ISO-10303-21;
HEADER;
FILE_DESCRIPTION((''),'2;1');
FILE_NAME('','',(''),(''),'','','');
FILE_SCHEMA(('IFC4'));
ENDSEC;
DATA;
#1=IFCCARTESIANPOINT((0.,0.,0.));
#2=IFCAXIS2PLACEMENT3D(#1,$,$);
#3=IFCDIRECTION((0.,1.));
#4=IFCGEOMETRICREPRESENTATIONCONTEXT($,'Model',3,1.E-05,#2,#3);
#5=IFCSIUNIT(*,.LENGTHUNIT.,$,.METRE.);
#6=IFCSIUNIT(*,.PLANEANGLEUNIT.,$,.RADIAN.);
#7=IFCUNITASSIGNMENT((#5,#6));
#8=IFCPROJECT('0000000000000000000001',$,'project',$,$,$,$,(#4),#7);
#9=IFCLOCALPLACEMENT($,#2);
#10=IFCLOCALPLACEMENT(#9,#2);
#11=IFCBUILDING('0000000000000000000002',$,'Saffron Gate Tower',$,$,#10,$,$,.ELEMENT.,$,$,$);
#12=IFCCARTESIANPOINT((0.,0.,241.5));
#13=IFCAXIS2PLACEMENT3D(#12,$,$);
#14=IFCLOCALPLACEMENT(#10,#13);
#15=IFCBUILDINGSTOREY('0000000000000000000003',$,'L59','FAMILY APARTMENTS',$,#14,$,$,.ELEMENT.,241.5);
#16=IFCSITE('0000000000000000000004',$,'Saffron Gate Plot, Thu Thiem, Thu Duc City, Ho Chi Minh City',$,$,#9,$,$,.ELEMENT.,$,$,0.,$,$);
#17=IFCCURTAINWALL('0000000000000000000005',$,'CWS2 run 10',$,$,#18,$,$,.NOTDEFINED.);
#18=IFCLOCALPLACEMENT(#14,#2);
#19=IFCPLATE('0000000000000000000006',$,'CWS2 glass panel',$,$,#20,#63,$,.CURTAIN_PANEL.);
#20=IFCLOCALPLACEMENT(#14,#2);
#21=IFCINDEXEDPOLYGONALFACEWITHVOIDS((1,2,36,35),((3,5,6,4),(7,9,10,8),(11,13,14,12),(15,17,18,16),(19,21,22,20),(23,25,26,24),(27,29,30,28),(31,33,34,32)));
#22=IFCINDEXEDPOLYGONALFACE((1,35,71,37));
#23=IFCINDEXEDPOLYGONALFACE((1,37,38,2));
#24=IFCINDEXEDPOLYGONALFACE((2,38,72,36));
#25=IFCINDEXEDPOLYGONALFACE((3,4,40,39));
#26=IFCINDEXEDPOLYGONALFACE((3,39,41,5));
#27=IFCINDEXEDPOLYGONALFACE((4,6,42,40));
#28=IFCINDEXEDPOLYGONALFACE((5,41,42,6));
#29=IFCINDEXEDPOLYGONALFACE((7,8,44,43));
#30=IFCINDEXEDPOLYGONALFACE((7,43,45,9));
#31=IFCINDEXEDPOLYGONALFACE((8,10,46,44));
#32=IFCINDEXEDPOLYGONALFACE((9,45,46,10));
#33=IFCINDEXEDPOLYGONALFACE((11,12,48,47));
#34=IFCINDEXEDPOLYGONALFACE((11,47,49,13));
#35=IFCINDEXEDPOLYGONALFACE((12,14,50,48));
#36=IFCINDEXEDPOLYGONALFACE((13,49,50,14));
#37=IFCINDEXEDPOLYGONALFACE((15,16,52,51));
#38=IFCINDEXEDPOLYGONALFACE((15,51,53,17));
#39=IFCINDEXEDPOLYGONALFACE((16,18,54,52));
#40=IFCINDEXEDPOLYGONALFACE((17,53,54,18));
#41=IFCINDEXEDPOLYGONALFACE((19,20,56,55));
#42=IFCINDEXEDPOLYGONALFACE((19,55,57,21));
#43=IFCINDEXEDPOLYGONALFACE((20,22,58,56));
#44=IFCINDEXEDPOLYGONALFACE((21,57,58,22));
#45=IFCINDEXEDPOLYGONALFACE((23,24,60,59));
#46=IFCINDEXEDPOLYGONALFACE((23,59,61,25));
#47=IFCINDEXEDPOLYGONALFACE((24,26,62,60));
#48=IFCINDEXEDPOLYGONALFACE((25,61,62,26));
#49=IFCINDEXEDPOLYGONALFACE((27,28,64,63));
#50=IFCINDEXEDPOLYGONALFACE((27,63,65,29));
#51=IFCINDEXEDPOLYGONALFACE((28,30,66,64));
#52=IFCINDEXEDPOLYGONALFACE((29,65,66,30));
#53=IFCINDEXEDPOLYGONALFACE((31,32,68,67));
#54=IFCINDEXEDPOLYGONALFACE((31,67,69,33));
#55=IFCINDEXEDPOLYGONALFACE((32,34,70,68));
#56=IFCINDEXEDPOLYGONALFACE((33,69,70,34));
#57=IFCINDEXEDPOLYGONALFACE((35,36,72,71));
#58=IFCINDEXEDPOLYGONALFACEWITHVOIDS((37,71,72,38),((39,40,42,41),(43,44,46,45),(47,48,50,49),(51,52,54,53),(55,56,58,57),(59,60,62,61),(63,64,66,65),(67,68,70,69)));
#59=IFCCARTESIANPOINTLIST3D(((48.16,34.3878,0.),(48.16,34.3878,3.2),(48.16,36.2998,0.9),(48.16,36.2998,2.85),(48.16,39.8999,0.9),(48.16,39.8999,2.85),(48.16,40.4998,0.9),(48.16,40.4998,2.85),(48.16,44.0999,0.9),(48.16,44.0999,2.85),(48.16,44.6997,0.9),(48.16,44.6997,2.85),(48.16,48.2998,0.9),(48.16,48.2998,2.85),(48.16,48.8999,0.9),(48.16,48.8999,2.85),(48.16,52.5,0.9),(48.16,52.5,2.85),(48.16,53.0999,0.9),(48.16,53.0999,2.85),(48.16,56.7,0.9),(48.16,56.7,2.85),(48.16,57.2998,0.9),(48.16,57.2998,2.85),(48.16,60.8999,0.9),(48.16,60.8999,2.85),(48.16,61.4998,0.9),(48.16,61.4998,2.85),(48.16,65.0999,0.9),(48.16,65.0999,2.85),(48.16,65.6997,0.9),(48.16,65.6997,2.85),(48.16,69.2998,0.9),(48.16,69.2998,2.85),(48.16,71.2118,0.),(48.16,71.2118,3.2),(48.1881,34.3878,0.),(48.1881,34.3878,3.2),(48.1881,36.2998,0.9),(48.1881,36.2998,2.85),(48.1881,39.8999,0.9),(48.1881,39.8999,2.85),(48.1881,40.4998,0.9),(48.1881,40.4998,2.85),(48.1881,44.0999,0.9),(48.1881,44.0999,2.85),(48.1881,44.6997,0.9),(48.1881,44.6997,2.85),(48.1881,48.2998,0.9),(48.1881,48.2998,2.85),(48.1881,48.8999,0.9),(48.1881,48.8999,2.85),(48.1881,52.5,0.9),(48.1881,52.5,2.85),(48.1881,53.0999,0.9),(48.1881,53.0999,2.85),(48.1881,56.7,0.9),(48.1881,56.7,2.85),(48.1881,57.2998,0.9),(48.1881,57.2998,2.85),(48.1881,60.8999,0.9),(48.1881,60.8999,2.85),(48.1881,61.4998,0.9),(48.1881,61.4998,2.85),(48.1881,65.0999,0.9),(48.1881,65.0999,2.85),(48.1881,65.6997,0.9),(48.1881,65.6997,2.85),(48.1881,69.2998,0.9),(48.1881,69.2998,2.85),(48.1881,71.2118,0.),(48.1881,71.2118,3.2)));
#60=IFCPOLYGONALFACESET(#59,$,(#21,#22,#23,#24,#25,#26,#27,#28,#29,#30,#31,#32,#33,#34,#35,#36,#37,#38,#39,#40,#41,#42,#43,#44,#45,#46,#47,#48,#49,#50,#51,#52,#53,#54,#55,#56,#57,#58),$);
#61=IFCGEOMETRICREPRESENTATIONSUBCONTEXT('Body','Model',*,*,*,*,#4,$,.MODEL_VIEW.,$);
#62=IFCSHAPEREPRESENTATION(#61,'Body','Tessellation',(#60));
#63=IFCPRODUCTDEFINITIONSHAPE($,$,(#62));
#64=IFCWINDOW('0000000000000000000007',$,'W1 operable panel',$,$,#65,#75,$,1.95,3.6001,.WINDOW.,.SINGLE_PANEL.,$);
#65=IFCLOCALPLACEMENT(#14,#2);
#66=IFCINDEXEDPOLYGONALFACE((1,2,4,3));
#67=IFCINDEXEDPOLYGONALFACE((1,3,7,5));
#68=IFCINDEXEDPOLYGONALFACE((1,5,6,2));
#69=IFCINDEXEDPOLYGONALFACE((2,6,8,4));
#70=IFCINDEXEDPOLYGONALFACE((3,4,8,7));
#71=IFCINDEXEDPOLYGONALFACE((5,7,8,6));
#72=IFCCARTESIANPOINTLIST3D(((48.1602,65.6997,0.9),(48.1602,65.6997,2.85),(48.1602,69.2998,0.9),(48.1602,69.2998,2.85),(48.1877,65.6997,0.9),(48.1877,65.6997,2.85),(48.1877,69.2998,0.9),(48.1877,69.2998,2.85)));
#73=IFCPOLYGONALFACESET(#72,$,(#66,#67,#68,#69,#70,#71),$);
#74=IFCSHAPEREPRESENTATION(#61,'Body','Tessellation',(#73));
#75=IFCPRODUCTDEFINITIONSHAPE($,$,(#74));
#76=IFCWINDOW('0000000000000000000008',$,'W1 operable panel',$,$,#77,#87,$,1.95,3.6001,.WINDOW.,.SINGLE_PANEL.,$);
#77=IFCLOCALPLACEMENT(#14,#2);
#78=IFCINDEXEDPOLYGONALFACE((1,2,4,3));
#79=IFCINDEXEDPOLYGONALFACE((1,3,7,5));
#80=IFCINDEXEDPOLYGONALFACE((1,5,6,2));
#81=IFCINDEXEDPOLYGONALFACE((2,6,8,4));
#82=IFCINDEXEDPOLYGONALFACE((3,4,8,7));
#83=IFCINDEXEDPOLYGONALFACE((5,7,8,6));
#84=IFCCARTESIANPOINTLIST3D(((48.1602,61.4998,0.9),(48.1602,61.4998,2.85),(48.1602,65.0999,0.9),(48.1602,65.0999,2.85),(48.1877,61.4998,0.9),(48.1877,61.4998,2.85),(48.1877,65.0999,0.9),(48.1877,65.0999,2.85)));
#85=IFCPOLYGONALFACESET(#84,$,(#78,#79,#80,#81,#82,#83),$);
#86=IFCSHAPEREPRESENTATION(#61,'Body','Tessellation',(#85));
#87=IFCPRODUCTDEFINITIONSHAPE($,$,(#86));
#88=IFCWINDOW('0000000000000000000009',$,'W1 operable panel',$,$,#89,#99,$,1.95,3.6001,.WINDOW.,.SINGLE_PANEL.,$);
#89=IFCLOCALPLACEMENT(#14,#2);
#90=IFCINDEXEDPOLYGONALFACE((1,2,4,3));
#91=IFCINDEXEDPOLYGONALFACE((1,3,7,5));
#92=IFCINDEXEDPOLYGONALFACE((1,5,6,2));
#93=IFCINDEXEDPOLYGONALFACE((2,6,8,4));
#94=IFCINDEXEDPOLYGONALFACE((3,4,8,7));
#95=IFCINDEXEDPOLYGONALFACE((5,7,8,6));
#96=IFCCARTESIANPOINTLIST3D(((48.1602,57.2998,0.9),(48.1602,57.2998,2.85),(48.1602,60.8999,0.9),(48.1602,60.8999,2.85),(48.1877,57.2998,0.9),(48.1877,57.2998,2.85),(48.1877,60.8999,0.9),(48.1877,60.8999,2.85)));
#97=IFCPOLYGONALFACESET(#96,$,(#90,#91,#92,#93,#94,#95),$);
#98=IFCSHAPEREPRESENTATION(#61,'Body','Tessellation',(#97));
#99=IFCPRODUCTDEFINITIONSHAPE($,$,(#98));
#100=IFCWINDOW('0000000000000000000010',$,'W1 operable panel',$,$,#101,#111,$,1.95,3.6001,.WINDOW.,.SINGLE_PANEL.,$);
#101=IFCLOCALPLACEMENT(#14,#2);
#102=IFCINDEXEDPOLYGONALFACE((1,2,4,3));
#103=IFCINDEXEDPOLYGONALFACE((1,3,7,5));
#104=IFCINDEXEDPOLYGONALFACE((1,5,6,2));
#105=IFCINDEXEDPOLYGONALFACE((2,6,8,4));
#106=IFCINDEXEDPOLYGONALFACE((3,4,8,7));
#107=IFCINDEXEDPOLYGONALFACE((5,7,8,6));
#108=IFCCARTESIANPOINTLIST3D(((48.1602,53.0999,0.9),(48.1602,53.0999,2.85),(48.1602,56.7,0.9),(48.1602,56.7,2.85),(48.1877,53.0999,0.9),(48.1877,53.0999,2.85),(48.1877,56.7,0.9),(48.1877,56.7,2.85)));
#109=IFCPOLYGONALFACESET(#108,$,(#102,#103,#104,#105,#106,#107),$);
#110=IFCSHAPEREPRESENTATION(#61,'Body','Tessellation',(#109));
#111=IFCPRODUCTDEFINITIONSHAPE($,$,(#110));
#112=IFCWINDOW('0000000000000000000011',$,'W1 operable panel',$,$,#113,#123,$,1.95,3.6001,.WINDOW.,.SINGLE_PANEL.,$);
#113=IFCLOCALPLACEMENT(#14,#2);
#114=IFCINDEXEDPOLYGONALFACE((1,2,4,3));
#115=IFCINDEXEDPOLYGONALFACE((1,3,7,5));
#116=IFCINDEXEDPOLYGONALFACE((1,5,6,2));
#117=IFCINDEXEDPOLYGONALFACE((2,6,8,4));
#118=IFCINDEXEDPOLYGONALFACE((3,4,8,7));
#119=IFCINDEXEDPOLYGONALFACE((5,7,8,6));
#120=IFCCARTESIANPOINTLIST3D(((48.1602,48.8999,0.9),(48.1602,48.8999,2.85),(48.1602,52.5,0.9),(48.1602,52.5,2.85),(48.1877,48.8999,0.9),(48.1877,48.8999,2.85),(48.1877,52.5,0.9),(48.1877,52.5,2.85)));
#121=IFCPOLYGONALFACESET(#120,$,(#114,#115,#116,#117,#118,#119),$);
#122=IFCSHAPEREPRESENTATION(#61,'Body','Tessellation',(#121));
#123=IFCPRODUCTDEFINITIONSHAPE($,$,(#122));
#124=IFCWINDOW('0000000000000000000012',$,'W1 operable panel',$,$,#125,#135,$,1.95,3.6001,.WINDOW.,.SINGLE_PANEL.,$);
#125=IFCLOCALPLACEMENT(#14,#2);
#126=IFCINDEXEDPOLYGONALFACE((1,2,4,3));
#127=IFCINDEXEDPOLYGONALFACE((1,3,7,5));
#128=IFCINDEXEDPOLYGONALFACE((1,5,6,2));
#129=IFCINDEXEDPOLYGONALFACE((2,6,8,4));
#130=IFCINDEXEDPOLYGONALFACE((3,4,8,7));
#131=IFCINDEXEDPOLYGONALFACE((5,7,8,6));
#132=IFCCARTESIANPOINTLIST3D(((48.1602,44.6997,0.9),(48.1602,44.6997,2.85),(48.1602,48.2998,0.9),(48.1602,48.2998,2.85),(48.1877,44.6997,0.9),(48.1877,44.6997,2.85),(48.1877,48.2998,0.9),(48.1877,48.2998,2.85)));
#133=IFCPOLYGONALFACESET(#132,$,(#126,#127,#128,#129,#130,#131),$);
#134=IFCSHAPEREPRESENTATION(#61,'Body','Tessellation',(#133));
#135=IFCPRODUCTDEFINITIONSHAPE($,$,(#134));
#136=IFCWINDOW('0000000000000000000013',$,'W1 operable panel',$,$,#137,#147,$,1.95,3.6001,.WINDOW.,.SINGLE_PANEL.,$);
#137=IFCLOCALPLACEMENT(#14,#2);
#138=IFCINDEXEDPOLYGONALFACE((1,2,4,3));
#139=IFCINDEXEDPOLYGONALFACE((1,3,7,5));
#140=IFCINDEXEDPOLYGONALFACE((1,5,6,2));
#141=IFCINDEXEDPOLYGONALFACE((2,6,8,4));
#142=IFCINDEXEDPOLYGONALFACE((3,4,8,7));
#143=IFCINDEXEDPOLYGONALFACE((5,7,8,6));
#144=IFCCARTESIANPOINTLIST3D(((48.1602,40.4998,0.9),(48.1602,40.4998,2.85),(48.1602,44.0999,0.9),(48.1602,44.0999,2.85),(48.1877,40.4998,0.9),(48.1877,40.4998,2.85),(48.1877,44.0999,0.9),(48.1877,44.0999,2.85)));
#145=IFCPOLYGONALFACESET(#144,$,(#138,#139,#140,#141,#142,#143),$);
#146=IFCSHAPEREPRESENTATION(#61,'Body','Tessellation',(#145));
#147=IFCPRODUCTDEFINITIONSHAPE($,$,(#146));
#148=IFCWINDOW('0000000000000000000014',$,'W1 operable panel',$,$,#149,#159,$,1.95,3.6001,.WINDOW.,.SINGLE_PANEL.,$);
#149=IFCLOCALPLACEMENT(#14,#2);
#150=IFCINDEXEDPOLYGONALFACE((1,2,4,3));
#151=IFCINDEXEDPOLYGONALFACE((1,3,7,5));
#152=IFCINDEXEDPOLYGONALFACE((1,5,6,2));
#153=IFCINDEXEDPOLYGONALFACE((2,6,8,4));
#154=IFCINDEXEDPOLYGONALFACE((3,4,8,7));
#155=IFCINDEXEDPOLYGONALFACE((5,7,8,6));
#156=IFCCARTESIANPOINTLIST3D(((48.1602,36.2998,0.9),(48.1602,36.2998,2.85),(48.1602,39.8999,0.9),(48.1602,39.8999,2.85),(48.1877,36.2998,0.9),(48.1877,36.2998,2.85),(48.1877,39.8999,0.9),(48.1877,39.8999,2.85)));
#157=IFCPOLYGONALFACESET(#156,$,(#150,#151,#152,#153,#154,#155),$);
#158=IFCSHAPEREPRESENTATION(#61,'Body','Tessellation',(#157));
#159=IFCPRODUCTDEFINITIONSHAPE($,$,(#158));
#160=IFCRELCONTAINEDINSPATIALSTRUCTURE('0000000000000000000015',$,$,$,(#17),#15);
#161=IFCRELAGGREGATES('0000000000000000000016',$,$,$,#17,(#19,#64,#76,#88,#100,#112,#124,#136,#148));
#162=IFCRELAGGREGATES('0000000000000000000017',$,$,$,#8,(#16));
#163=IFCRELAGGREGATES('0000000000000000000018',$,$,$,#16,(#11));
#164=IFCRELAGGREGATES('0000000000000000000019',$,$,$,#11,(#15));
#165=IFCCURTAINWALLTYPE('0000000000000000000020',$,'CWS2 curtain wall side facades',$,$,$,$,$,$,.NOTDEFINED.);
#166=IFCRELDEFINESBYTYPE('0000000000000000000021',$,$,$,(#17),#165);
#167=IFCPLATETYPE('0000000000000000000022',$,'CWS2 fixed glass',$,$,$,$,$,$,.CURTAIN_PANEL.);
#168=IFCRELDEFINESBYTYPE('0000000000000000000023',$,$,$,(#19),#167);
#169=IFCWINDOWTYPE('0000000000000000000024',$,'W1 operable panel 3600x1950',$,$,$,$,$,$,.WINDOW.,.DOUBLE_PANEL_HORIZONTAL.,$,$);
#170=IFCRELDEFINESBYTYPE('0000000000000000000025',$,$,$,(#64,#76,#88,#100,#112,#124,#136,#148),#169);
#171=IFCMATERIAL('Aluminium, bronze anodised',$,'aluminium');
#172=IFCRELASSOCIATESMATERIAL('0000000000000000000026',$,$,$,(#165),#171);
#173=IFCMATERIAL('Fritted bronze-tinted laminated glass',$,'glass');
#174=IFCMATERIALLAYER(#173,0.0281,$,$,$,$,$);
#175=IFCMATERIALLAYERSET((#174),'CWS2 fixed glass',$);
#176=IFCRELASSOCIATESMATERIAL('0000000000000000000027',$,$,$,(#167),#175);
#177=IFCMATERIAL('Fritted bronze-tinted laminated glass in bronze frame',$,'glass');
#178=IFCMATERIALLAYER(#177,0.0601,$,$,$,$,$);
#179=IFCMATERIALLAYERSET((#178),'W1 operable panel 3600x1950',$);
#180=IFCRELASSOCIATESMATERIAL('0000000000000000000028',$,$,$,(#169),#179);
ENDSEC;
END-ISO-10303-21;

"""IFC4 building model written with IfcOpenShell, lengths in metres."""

from ifc_helpers import new_model, si_unit, direction, frame, frame_2d, origin, place, context, subcontext, project, spatial, rectangle, extrude, material, layer, layer_set, type_object, element, fill, aggregate, save


model = new_model("IFC4")

# Units and contexts
model_context = context("Model", 3, precision=1e-05, world=origin(), true_north=direction((0.0, 1.0)))
body_context = subcontext(model_context, "Body", "Model", "MODEL_VIEW")
ifc_project = project(units=[si_unit("LENGTHUNIT", "METRE"), si_unit("PLANEANGLEUNIT", "RADIAN")], contexts=[model_context])

# Site, building, storey
site_placement = place(None, origin())
site = spatial("IfcSite", under=ifc_project, at=site_placement, Name="Saffron Gate Plot, Thu Thiem, Thu Duc City, Ho Chi Minh City", CompositionType="ELEMENT", RefElevation=0.0)
building_placement = place(site_placement, origin())
building = spatial("IfcBuilding", under=site, at=building_placement, Name="Saffron Gate Tower", CompositionType="ELEMENT")
storey_placement = place(building_placement, frame((0.0, 0.0, 241.5)))
storey = spatial("IfcBuildingStorey", under=building, at=storey_placement, Name="L59", Description="FAMILY APARTMENTS", CompositionType="ELEMENT", Elevation=241.5)

# Curtain wall
ifc_material_1 = material(Name="Aluminium, bronze anodised", Category="aluminium")
curtain_wall_type_1 = type_object("IfcCurtainWallType", Name="CWS2 curtain wall side facades", PredefinedType="NOTDEFINED", material=ifc_material_1)
curtain_wall_1_placement = place(storey_placement, origin())
curtain_wall_1 = element("IfcCurtainWall", 1, at=curtain_wall_1_placement, inside=storey, type_object=curtain_wall_type_1, Name="CWS2 run 10", PredefinedType="NOTDEFINED")

# Plate, openings, windows
ifc_material_2 = material(Name="Fritted bronze-tinted laminated glass", Category="glass")
ifc_layer_1 = layer(ifc_material_2, 0.0281)
ifc_layer_set_1 = layer_set([ifc_layer_1], Name="CWS2 fixed glass")
plate_type = type_object("IfcPlateType", Name="CWS2 fixed glass", PredefinedType="CURTAIN_PANEL", material=ifc_layer_set_1)
plate_placement = place(storey_placement, frame((48.1741, 71.2119, 0.0), z_axis=(0.0, 0.0, 1.0), x_axis=(0.0, -1.0, 0.0)))
plate = element("IfcPlate", 2, at=plate_placement, type_object=plate_type, Name="CWS2 glass panel", PredefinedType="CURTAIN_PANEL", context=body_context, shape_type="SweptSolid", body=[
    extrude(rectangle(XDim=36.824, YDim=0.0281, at=frame_2d((18.4121, 0.0))), origin(), (0.0, 0.0, 1.0), 3.2),
])
opening_1_placement = place(plate_placement, frame((1.9121, 0.0, 0.8999)))
opening_1 = element("IfcOpeningElement", 3, at=opening_1_placement, cuts=plate, PredefinedType="OPENING", context=body_context, shape_type="SweptSolid", body=[
    extrude(rectangle(XDim=3.6001, YDim=1.95, at=frame_2d((1.8, 0.9751))), frame((0.0, 0.0239, 0.0), z_axis=(0.0, -1.0, 0.0), x_axis=(1.0, 0.0, 0.0)), (0.0, 0.0, 1.0), 0.0481),
])
opening_2_placement = place(plate_placement, frame((6.1121, 0.0, 0.8999)))
opening_2 = element("IfcOpeningElement", 4, at=opening_2_placement, cuts=plate, PredefinedType="OPENING", context=body_context, shape_type="SweptSolid", body=[
    extrude(rectangle(XDim=3.6001, YDim=1.95, at=frame_2d((1.8, 0.9751))), frame((0.0, 0.0239, 0.0), z_axis=(0.0, -1.0, 0.0), x_axis=(1.0, 0.0, 0.0)), (0.0, 0.0, 1.0), 0.0481),
])
opening_3_placement = place(plate_placement, frame((10.312, 0.0, 0.8999)))
opening_3 = element("IfcOpeningElement", 5, at=opening_3_placement, cuts=plate, PredefinedType="OPENING", context=body_context, shape_type="SweptSolid", body=[
    extrude(rectangle(XDim=3.6001, YDim=1.95, at=frame_2d((1.8, 0.9751))), frame((0.0, 0.0239, 0.0), z_axis=(0.0, -1.0, 0.0), x_axis=(1.0, 0.0, 0.0)), (0.0, 0.0, 1.0), 0.0481),
])
opening_4_placement = place(plate_placement, frame((14.512, 0.0, 0.8999)))
opening_4 = element("IfcOpeningElement", 6, at=opening_4_placement, cuts=plate, PredefinedType="OPENING", context=body_context, shape_type="SweptSolid", body=[
    extrude(rectangle(XDim=3.6001, YDim=1.95, at=frame_2d((1.8, 0.9751))), frame((0.0, 0.0239, 0.0), z_axis=(0.0, -1.0, 0.0), x_axis=(1.0, 0.0, 0.0)), (0.0, 0.0, 1.0), 0.0481),
])
opening_5_placement = place(plate_placement, frame((18.7119, 0.0, 0.8999)))
opening_5 = element("IfcOpeningElement", 7, at=opening_5_placement, cuts=plate, PredefinedType="OPENING", context=body_context, shape_type="SweptSolid", body=[
    extrude(rectangle(XDim=3.6001, YDim=1.95, at=frame_2d((1.8, 0.9751))), frame((0.0, 0.0239, 0.0), z_axis=(0.0, -1.0, 0.0), x_axis=(1.0, 0.0, 0.0)), (0.0, 0.0, 1.0), 0.0481),
])
opening_6_placement = place(plate_placement, frame((22.9121, 0.0, 0.8999)))
opening_6 = element("IfcOpeningElement", 8, at=opening_6_placement, cuts=plate, PredefinedType="OPENING", context=body_context, shape_type="SweptSolid", body=[
    extrude(rectangle(XDim=3.6001, YDim=1.95, at=frame_2d((1.8, 0.9751))), frame((0.0, 0.0239, 0.0), z_axis=(0.0, -1.0, 0.0), x_axis=(1.0, 0.0, 0.0)), (0.0, 0.0, 1.0), 0.0481),
])
opening_7_placement = place(plate_placement, frame((27.1121, 0.0, 0.8999)))
opening_7 = element("IfcOpeningElement", 9, at=opening_7_placement, cuts=plate, PredefinedType="OPENING", context=body_context, shape_type="SweptSolid", body=[
    extrude(rectangle(XDim=3.6001, YDim=1.95, at=frame_2d((1.8, 0.9751))), frame((0.0, 0.0239, 0.0), z_axis=(0.0, -1.0, 0.0), x_axis=(1.0, 0.0, 0.0)), (0.0, 0.0, 1.0), 0.0481),
])
opening_8_placement = place(plate_placement, frame((31.312, 0.0, 0.8999)))
opening_8 = element("IfcOpeningElement", 10, at=opening_8_placement, cuts=plate, PredefinedType="OPENING", context=body_context, shape_type="SweptSolid", body=[
    extrude(rectangle(XDim=3.6001, YDim=1.95, at=frame_2d((1.8, 0.9751))), frame((0.0, 0.0239, 0.0), z_axis=(0.0, -1.0, 0.0), x_axis=(1.0, 0.0, 0.0)), (0.0, 0.0, 1.0), 0.0481),
])
ifc_material_3 = material(Name="Fritted bronze-tinted laminated glass in bronze frame", Category="glass")
ifc_layer_2 = layer(ifc_material_3, 0.0601)
ifc_layer_set_2 = layer_set([ifc_layer_2], Name="W1 operable panel 3600x1950")
window_type = type_object("IfcWindowType", Name="W1 operable panel 3600x1950", PartitioningType="DOUBLE_PANEL_HORIZONTAL", PredefinedType="WINDOW", material=ifc_layer_set_2)
window_1_placement = place(opening_1_placement, origin())
window_1 = element("IfcWindow", 11, at=window_1_placement, type_object=window_type, Name="W1 operable panel", OverallHeight=1.95, OverallWidth=3.6001, PartitioningType="SINGLE_PANEL", PredefinedType="WINDOW", context=body_context, shape_type="SweptSolid", body=[
    extrude(rectangle(XDim=3.6001, YDim=1.95, at=frame_2d((1.8, 0.9751))), frame((0.0, 0.0137, 0.0), z_axis=(0.0, -1.0, 0.0), x_axis=(1.0, 0.0, 0.0)), (0.0, 0.0, 1.0), 0.0276),
])
fill(opening_1, window_1)
window_2_placement = place(opening_2_placement, origin())
window_2 = element("IfcWindow", 12, at=window_2_placement, type_object=window_type, Name="W1 operable panel", OverallHeight=1.95, OverallWidth=3.6001, PartitioningType="SINGLE_PANEL", PredefinedType="WINDOW", context=body_context, shape_type="SweptSolid", body=[
    extrude(rectangle(XDim=3.6001, YDim=1.95, at=frame_2d((1.8, 0.9751))), frame((0.0, 0.0137, 0.0), z_axis=(0.0, -1.0, 0.0), x_axis=(1.0, 0.0, 0.0)), (0.0, 0.0, 1.0), 0.0276),
])
fill(opening_2, window_2)
window_3_placement = place(opening_3_placement, origin())
window_3 = element("IfcWindow", 13, at=window_3_placement, type_object=window_type, Name="W1 operable panel", OverallHeight=1.95, OverallWidth=3.6001, PartitioningType="SINGLE_PANEL", PredefinedType="WINDOW", context=body_context, shape_type="SweptSolid", body=[
    extrude(rectangle(XDim=3.6001, YDim=1.95, at=frame_2d((1.8, 0.9751))), frame((0.0, 0.0137, 0.0), z_axis=(0.0, -1.0, 0.0), x_axis=(1.0, 0.0, 0.0)), (0.0, 0.0, 1.0), 0.0276),
])
fill(opening_3, window_3)
window_4_placement = place(opening_4_placement, origin())
window_4 = element("IfcWindow", 14, at=window_4_placement, type_object=window_type, Name="W1 operable panel", OverallHeight=1.95, OverallWidth=3.6001, PartitioningType="SINGLE_PANEL", PredefinedType="WINDOW", context=body_context, shape_type="SweptSolid", body=[
    extrude(rectangle(XDim=3.6001, YDim=1.95, at=frame_2d((1.8, 0.9751))), frame((0.0, 0.0137, 0.0), z_axis=(0.0, -1.0, 0.0), x_axis=(1.0, 0.0, 0.0)), (0.0, 0.0, 1.0), 0.0276),
])
fill(opening_4, window_4)
window_5_placement = place(opening_5_placement, origin())
window_5 = element("IfcWindow", 15, at=window_5_placement, type_object=window_type, Name="W1 operable panel", OverallHeight=1.95, OverallWidth=3.6001, PartitioningType="SINGLE_PANEL", PredefinedType="WINDOW", context=body_context, shape_type="SweptSolid", body=[
    extrude(rectangle(XDim=3.6001, YDim=1.95, at=frame_2d((1.8, 0.9751))), frame((0.0, 0.0137, 0.0), z_axis=(0.0, -1.0, 0.0), x_axis=(1.0, 0.0, 0.0)), (0.0, 0.0, 1.0), 0.0276),
])
fill(opening_5, window_5)
window_6_placement = place(opening_6_placement, origin())
window_6 = element("IfcWindow", 16, at=window_6_placement, type_object=window_type, Name="W1 operable panel", OverallHeight=1.95, OverallWidth=3.6001, PartitioningType="SINGLE_PANEL", PredefinedType="WINDOW", context=body_context, shape_type="SweptSolid", body=[
    extrude(rectangle(XDim=3.6001, YDim=1.95, at=frame_2d((1.8, 0.9751))), frame((0.0, 0.0137, 0.0), z_axis=(0.0, -1.0, 0.0), x_axis=(1.0, 0.0, 0.0)), (0.0, 0.0, 1.0), 0.0276),
])
fill(opening_6, window_6)
window_7_placement = place(opening_7_placement, origin())
window_7 = element("IfcWindow", 17, at=window_7_placement, type_object=window_type, Name="W1 operable panel", OverallHeight=1.95, OverallWidth=3.6001, PartitioningType="SINGLE_PANEL", PredefinedType="WINDOW", context=body_context, shape_type="SweptSolid", body=[
    extrude(rectangle(XDim=3.6001, YDim=1.95, at=frame_2d((1.8, 0.9751))), frame((0.0, 0.0137, 0.0), z_axis=(0.0, -1.0, 0.0), x_axis=(1.0, 0.0, 0.0)), (0.0, 0.0, 1.0), 0.0276),
])
fill(opening_7, window_7)
window_8_placement = place(opening_8_placement, origin())
window_8 = element("IfcWindow", 18, at=window_8_placement, type_object=window_type, Name="W1 operable panel", OverallHeight=1.95, OverallWidth=3.6001, PartitioningType="SINGLE_PANEL", PredefinedType="WINDOW", context=body_context, shape_type="SweptSolid", body=[
    extrude(rectangle(XDim=3.6001, YDim=1.95, at=frame_2d((1.8, 0.9751))), frame((0.0, 0.0137, 0.0), z_axis=(0.0, -1.0, 0.0), x_axis=(1.0, 0.0, 0.0)), (0.0, 0.0, 1.0), 0.0276),
])
fill(opening_8, window_8)
aggregate(curtain_wall_1, [plate, window_1, window_2, window_3, window_4, window_5, window_6, window_7, window_8])

save(model, "model.ifc")
